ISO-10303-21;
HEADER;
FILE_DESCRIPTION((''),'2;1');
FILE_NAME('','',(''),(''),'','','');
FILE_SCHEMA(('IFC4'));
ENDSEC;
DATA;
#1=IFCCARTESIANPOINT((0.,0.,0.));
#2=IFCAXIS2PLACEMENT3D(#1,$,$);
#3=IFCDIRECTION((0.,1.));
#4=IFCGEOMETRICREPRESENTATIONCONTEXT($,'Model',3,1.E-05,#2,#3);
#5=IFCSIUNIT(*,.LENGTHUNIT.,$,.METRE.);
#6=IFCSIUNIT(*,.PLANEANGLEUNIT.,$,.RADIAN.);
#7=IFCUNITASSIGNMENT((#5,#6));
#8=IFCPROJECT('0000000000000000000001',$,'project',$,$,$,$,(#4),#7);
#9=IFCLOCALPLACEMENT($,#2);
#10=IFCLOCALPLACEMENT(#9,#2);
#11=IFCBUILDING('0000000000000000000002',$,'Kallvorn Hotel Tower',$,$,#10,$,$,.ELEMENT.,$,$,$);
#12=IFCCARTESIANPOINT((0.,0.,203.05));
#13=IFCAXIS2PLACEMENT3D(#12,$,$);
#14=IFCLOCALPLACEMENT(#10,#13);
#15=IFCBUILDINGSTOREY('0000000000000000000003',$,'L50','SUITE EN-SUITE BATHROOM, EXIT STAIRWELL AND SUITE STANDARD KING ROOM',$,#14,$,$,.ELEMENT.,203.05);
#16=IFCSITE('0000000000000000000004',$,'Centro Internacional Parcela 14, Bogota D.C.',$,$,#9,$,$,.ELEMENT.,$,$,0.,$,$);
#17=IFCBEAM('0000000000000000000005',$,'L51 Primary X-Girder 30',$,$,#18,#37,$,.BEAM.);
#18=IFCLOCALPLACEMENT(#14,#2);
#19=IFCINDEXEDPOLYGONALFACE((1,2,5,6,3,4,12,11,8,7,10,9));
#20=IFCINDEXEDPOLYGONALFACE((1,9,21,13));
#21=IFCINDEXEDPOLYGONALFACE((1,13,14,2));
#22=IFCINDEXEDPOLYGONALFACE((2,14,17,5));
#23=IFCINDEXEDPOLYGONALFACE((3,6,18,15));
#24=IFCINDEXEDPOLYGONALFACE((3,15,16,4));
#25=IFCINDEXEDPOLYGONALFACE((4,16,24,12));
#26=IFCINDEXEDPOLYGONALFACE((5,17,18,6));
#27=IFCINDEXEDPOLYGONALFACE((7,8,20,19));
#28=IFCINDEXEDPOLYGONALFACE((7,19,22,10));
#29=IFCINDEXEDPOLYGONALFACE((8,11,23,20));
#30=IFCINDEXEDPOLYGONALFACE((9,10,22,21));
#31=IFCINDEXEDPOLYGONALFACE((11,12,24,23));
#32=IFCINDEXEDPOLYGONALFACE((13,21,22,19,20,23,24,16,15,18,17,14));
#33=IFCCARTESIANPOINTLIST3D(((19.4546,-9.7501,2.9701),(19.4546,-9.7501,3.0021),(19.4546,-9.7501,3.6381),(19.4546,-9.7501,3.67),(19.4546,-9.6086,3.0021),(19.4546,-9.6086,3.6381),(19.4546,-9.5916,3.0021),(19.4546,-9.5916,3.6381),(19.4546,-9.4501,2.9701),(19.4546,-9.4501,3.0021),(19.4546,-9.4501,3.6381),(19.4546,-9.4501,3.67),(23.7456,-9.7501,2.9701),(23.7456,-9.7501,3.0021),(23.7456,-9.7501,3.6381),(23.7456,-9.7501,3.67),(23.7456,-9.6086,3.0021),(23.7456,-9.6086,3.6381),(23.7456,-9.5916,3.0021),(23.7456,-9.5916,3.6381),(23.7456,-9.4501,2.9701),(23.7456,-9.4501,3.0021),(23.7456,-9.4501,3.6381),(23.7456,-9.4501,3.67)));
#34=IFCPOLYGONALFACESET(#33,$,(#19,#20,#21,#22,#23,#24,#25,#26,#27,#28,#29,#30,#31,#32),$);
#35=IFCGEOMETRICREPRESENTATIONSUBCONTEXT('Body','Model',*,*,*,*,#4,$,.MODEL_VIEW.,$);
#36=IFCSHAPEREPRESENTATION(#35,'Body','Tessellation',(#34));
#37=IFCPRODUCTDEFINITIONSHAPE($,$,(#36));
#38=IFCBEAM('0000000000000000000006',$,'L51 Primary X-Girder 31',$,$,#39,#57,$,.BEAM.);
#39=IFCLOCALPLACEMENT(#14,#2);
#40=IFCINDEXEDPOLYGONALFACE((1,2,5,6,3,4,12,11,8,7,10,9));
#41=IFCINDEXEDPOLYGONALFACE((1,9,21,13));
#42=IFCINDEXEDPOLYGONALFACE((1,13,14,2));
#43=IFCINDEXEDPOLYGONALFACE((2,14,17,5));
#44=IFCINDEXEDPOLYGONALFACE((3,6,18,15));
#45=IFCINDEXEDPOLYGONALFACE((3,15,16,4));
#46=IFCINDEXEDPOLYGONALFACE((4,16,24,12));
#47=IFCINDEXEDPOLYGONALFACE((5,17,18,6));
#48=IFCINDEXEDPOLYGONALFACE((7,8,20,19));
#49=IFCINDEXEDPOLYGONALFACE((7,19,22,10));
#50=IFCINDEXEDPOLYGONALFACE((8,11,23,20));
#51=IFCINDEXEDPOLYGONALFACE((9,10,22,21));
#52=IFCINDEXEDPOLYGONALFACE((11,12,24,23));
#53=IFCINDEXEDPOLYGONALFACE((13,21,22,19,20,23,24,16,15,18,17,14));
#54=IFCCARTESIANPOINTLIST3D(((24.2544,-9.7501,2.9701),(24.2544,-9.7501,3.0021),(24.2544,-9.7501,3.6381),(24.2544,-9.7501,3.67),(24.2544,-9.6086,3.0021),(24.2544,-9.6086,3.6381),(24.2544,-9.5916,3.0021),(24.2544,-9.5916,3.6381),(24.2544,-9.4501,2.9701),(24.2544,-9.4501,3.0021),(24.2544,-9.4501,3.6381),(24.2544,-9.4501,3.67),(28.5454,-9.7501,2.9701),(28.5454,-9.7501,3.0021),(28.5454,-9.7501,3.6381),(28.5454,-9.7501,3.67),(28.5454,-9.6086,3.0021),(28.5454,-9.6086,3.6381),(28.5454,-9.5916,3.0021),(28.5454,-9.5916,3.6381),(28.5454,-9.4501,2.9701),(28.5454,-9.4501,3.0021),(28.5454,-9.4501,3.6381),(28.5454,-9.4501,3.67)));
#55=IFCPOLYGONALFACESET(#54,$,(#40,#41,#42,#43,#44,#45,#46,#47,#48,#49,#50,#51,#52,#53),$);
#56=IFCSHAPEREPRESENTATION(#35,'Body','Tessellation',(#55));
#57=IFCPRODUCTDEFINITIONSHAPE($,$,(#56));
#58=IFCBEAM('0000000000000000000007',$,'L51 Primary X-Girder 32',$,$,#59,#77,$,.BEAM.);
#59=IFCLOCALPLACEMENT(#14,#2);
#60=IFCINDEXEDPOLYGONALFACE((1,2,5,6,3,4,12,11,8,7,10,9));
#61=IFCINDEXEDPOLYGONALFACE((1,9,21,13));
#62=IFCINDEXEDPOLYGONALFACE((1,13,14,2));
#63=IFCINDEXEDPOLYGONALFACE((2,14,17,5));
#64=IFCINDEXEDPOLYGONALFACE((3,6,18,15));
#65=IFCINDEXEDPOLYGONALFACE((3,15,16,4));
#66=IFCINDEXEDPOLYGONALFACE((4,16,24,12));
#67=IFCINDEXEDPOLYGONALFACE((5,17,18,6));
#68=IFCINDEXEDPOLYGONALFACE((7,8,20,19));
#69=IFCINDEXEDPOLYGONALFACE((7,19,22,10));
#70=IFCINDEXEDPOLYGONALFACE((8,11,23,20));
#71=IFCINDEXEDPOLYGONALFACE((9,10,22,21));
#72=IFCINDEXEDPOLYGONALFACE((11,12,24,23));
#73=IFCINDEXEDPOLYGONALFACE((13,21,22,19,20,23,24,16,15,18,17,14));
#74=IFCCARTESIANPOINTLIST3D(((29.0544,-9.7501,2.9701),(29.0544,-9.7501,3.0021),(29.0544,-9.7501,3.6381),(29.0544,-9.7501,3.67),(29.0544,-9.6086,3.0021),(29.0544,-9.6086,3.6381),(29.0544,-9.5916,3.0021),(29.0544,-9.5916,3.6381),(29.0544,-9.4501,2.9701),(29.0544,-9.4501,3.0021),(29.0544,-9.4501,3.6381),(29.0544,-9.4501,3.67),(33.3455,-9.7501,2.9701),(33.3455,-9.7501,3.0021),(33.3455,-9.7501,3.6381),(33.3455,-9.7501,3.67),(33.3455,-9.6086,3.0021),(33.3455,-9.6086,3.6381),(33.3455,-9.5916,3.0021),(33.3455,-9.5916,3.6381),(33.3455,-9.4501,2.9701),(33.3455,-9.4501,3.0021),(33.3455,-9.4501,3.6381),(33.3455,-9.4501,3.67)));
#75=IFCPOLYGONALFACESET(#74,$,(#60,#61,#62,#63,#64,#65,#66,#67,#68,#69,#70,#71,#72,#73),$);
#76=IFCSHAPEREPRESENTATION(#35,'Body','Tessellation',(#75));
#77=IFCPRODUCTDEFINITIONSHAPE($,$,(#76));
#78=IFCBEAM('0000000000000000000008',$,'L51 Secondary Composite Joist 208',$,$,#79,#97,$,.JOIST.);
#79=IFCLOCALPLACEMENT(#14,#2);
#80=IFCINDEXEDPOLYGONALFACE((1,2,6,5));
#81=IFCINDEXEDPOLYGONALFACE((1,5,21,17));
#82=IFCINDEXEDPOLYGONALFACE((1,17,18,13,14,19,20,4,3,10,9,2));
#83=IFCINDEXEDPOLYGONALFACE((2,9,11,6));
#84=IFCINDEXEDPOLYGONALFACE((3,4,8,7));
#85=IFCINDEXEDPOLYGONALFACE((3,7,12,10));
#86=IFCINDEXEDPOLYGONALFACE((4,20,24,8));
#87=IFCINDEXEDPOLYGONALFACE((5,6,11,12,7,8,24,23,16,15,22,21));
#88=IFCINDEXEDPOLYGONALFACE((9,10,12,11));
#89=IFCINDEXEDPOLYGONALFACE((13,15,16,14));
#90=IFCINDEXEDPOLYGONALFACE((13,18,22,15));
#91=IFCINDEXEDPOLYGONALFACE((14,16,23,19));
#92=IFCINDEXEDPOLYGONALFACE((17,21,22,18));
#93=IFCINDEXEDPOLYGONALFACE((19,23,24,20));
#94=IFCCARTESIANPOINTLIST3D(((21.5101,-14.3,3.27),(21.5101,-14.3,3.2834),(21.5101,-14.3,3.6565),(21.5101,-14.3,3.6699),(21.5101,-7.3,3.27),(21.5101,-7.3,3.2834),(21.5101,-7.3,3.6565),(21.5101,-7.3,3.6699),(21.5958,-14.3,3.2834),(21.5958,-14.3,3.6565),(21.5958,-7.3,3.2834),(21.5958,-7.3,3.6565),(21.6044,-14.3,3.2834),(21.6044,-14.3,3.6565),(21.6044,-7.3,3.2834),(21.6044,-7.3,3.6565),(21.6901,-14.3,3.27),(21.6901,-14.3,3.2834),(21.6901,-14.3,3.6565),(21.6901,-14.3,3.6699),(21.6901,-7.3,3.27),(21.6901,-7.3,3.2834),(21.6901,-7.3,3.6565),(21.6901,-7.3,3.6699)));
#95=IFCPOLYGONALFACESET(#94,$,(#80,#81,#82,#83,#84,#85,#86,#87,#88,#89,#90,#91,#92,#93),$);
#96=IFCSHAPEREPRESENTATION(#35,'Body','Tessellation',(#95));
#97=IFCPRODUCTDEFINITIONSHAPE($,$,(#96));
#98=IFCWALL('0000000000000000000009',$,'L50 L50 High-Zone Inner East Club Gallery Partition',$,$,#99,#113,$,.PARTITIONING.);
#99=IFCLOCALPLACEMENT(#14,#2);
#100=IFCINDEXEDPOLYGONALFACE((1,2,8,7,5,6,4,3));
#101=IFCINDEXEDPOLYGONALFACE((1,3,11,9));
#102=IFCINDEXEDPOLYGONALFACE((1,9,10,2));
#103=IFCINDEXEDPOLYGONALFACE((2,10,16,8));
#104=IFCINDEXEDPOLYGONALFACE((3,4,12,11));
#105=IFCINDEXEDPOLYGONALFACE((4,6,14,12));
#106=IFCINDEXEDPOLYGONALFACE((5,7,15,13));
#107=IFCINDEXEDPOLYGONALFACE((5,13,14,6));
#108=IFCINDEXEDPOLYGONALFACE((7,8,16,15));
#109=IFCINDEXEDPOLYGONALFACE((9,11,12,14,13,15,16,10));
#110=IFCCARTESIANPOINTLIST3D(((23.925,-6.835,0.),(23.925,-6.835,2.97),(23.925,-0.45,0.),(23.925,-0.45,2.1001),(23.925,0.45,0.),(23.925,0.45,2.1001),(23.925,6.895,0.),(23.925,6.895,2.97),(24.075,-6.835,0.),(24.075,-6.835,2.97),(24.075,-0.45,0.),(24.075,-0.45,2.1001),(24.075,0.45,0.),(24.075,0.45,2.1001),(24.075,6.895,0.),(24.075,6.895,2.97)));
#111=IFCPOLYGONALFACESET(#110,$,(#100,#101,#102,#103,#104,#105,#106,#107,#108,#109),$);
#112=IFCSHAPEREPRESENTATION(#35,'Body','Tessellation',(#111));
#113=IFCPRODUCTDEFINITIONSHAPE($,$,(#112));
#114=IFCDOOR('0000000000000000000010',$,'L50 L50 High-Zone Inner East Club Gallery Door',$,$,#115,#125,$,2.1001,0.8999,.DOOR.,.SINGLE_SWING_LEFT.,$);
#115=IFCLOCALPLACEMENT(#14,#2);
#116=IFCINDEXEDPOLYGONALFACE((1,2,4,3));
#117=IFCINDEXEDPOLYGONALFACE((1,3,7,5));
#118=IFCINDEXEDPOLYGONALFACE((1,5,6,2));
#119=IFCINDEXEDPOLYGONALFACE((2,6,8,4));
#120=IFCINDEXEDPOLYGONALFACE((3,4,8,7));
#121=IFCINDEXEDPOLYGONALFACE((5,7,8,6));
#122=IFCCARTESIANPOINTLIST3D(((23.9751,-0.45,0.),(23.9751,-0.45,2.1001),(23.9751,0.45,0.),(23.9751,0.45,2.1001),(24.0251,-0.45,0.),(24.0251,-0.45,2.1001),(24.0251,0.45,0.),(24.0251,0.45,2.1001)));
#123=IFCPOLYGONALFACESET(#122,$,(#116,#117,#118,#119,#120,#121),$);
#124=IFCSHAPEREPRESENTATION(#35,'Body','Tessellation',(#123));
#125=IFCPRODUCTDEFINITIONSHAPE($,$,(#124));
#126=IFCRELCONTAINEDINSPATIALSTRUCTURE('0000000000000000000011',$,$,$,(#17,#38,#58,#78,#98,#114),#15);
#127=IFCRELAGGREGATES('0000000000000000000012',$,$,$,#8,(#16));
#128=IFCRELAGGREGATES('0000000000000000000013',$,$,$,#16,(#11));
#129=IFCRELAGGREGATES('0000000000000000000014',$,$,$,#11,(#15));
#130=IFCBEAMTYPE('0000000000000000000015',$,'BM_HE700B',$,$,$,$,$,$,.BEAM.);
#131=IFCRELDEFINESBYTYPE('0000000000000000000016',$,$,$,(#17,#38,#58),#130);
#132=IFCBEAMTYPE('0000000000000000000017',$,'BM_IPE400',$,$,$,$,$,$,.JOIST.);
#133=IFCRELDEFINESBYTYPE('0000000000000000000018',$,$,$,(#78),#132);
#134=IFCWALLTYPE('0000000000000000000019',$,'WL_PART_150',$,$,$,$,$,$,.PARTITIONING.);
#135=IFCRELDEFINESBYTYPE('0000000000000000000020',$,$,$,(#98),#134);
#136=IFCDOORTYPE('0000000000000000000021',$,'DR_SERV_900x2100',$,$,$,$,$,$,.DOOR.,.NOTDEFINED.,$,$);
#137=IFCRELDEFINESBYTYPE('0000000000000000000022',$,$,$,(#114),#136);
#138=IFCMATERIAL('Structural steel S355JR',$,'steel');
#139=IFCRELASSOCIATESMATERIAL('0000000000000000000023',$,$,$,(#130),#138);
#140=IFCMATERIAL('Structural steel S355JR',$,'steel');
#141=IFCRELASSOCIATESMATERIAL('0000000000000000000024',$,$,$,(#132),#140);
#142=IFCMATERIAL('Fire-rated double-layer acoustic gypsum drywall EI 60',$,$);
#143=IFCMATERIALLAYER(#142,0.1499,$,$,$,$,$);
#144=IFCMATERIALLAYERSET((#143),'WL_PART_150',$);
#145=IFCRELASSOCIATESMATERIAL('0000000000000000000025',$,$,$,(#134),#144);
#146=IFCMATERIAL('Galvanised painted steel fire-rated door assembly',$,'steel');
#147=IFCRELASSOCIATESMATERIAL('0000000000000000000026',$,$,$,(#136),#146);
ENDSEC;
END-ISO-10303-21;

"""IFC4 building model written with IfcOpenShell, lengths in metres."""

from ifc_helpers import new_model, si_unit, direction, frame, frame_2d, origin, origin_2d, place, context, subcontext, project, spatial, rectangle, i_section, extrude, material, layer, layer_set, material_profile, profile_set, type_object, element, fill, save


model = new_model("IFC4")

# Units and contexts
model_context = context("Model", 3, precision=1e-05, world=origin(), true_north=direction((0.0, 1.0)))
body_context = subcontext(model_context, "Body", "Model", "MODEL_VIEW")
ifc_project = project(units=[si_unit("LENGTHUNIT", "METRE"), si_unit("PLANEANGLEUNIT", "RADIAN")], contexts=[model_context])

# Site, building, storey
site_placement = place(None, origin())
site = spatial("IfcSite", under=ifc_project, at=site_placement, Name="Centro Internacional Parcela 14, Bogota D.C.", CompositionType="ELEMENT", RefElevation=0.0)
building_placement = place(site_placement, origin())
building = spatial("IfcBuilding", under=site, at=building_placement, Name="Kallvorn Hotel Tower", CompositionType="ELEMENT")
storey_placement = place(building_placement, frame((0.0, 0.0, 203.05)))
storey = spatial("IfcBuildingStorey", under=building, at=storey_placement, Name="L50", Description="SUITE EN-SUITE BATHROOM, EXIT STAIRWELL AND SUITE STANDARD KING ROOM", CompositionType="ELEMENT", Elevation=203.05)

# Beams
ifc_material_1 = material(Name="Structural steel S355JR", Category="steel")
ifc_material_profile_1 = material_profile(ifc_material_1, i_section(OverallWidth=0.3, OverallDepth=0.7, WebThickness=0.0171, FlangeThickness=0.032, at=origin_2d()), Name="HE 700 B")
ifc_profile_set_1 = profile_set([ifc_material_profile_1], Name="Structural steel S355JR")
beam_type_1 = type_object("IfcBeamType", Name="BM_HE700B", PredefinedType="BEAM", material=ifc_profile_set_1)
for number, where, z_axis, x_axis, name in (
    (1, (19.4546, -9.6001, 3.3201), (1.0, 0.0, 0.0), (0.0, 1.0, 0.0), "L51 Primary X-Girder 30"),
    (2, (24.2544, -9.6001, 3.3201), (1.0, 0.0, 0.0), (0.0, 1.0, 0.0), "L51 Primary X-Girder 31"),
    (3, (29.0544, -9.6001, 3.3201), (1.0, 0.0, 0.0), (0.0, 1.0, 0.0), "L51 Primary X-Girder 32"),
):
    element("IfcBeam", number, at=place(storey_placement, frame(where, z_axis=z_axis, x_axis=x_axis)), inside=storey, type_object=beam_type_1, Name=name, PredefinedType="BEAM", context=body_context, shape_type="SweptSolid", body=[
        extrude(i_section(OverallWidth=0.3, OverallDepth=0.7, WebThickness=0.0171, FlangeThickness=0.032, at=origin_2d()), origin(), (0.0, 0.0, 1.0), 4.291),
    ])
ifc_material_2 = material(Name="Structural steel S355JR", Category="steel")
ifc_material_profile_2 = material_profile(ifc_material_2, i_section(OverallWidth=0.1799, OverallDepth=0.3999, WebThickness=0.0085, FlangeThickness=0.0134, at=origin_2d()), Name="IPE 400")
ifc_profile_set_2 = profile_set([ifc_material_profile_2], Name="Structural steel S355JR")
beam_type_2 = type_object("IfcBeamType", Name="BM_IPE400", PredefinedType="JOIST", material=ifc_profile_set_2)
beam_1_placement = place(storey_placement, frame((21.6001, -14.3, 3.47), z_axis=(0.0, 1.0, 0.0), x_axis=(-1.0, 0.0, 0.0)))
element("IfcBeam", 4, at=beam_1_placement, inside=storey, type_object=beam_type_2, Name="L51 Secondary Composite Joist 208", PredefinedType="JOIST", context=body_context, shape_type="SweptSolid", body=[
    extrude(i_section(OverallWidth=0.1799, OverallDepth=0.3999, WebThickness=0.0085, FlangeThickness=0.0134, at=origin_2d()), origin(), (0.0, 0.0, 1.0), 7.0),
])

# Wall, opening, door
ifc_material_3 = material(Name="Fire-rated double-layer acoustic gypsum drywall EI 60")
ifc_layer = layer(ifc_material_3, 0.1499)
ifc_layer_set = layer_set([ifc_layer], Name="WL_PART_150")
wall_type = type_object("IfcWallType", Name="WL_PART_150", PredefinedType="PARTITIONING", material=ifc_layer_set)
wall_placement = place(storey_placement, frame((24.0, -6.835, 0.0), z_axis=(0.0, 0.0, 1.0), x_axis=(0.0, 1.0, 0.0)))
wall = element("IfcWall", 5, at=wall_placement, inside=storey, type_object=wall_type, Name="L50 L50 High-Zone Inner East Club Gallery Partition", PredefinedType="PARTITIONING", context=body_context, shape_type="SweptSolid", body=[
    extrude(rectangle(XDim=13.73, YDim=0.1499, at=frame_2d((6.865, 0.0))), origin(), (0.0, 0.0, 1.0), 2.97),
])
opening_placement = place(wall_placement, frame((6.385, 0.0, 0.0)))
opening = element("IfcOpeningElement", 6, at=opening_placement, cuts=wall, PredefinedType="OPENING", context=body_context, shape_type="SweptSolid", body=[
    extrude(rectangle(XDim=0.8999, YDim=2.1001, at=frame_2d((0.45, 1.05))), frame((0.0, 0.0898, 0.0), z_axis=(0.0, -1.0, 0.0), x_axis=(1.0, 0.0, 0.0)), (0.0, 0.0, 1.0), 0.1799),
])
ifc_material_4 = material(Name="Galvanised painted steel fire-rated door assembly", Category="steel")
door_type = type_object("IfcDoorType", Name="DR_SERV_900x2100", OperationType="NOTDEFINED", PredefinedType="DOOR", material=ifc_material_4)
door_placement = place(opening_placement, origin())
door = element("IfcDoor", 7, at=door_placement, inside=storey, type_object=door_type, Name="L50 L50 High-Zone Inner East Club Gallery Door", OperationType="SINGLE_SWING_LEFT", OverallHeight=2.1001, OverallWidth=0.8999, PredefinedType="DOOR", context=body_context, shape_type="SweptSolid", body=[
    extrude(rectangle(XDim=0.8999, YDim=2.1001, at=frame_2d((0.45, 1.05))), frame((0.0, 0.0249, 0.0), z_axis=(0.0, -1.0, 0.0), x_axis=(1.0, 0.0, 0.0)), (0.0, 0.0, 1.0), 0.05),
])
fill(opening, door)

save(model, "model.ifc")
